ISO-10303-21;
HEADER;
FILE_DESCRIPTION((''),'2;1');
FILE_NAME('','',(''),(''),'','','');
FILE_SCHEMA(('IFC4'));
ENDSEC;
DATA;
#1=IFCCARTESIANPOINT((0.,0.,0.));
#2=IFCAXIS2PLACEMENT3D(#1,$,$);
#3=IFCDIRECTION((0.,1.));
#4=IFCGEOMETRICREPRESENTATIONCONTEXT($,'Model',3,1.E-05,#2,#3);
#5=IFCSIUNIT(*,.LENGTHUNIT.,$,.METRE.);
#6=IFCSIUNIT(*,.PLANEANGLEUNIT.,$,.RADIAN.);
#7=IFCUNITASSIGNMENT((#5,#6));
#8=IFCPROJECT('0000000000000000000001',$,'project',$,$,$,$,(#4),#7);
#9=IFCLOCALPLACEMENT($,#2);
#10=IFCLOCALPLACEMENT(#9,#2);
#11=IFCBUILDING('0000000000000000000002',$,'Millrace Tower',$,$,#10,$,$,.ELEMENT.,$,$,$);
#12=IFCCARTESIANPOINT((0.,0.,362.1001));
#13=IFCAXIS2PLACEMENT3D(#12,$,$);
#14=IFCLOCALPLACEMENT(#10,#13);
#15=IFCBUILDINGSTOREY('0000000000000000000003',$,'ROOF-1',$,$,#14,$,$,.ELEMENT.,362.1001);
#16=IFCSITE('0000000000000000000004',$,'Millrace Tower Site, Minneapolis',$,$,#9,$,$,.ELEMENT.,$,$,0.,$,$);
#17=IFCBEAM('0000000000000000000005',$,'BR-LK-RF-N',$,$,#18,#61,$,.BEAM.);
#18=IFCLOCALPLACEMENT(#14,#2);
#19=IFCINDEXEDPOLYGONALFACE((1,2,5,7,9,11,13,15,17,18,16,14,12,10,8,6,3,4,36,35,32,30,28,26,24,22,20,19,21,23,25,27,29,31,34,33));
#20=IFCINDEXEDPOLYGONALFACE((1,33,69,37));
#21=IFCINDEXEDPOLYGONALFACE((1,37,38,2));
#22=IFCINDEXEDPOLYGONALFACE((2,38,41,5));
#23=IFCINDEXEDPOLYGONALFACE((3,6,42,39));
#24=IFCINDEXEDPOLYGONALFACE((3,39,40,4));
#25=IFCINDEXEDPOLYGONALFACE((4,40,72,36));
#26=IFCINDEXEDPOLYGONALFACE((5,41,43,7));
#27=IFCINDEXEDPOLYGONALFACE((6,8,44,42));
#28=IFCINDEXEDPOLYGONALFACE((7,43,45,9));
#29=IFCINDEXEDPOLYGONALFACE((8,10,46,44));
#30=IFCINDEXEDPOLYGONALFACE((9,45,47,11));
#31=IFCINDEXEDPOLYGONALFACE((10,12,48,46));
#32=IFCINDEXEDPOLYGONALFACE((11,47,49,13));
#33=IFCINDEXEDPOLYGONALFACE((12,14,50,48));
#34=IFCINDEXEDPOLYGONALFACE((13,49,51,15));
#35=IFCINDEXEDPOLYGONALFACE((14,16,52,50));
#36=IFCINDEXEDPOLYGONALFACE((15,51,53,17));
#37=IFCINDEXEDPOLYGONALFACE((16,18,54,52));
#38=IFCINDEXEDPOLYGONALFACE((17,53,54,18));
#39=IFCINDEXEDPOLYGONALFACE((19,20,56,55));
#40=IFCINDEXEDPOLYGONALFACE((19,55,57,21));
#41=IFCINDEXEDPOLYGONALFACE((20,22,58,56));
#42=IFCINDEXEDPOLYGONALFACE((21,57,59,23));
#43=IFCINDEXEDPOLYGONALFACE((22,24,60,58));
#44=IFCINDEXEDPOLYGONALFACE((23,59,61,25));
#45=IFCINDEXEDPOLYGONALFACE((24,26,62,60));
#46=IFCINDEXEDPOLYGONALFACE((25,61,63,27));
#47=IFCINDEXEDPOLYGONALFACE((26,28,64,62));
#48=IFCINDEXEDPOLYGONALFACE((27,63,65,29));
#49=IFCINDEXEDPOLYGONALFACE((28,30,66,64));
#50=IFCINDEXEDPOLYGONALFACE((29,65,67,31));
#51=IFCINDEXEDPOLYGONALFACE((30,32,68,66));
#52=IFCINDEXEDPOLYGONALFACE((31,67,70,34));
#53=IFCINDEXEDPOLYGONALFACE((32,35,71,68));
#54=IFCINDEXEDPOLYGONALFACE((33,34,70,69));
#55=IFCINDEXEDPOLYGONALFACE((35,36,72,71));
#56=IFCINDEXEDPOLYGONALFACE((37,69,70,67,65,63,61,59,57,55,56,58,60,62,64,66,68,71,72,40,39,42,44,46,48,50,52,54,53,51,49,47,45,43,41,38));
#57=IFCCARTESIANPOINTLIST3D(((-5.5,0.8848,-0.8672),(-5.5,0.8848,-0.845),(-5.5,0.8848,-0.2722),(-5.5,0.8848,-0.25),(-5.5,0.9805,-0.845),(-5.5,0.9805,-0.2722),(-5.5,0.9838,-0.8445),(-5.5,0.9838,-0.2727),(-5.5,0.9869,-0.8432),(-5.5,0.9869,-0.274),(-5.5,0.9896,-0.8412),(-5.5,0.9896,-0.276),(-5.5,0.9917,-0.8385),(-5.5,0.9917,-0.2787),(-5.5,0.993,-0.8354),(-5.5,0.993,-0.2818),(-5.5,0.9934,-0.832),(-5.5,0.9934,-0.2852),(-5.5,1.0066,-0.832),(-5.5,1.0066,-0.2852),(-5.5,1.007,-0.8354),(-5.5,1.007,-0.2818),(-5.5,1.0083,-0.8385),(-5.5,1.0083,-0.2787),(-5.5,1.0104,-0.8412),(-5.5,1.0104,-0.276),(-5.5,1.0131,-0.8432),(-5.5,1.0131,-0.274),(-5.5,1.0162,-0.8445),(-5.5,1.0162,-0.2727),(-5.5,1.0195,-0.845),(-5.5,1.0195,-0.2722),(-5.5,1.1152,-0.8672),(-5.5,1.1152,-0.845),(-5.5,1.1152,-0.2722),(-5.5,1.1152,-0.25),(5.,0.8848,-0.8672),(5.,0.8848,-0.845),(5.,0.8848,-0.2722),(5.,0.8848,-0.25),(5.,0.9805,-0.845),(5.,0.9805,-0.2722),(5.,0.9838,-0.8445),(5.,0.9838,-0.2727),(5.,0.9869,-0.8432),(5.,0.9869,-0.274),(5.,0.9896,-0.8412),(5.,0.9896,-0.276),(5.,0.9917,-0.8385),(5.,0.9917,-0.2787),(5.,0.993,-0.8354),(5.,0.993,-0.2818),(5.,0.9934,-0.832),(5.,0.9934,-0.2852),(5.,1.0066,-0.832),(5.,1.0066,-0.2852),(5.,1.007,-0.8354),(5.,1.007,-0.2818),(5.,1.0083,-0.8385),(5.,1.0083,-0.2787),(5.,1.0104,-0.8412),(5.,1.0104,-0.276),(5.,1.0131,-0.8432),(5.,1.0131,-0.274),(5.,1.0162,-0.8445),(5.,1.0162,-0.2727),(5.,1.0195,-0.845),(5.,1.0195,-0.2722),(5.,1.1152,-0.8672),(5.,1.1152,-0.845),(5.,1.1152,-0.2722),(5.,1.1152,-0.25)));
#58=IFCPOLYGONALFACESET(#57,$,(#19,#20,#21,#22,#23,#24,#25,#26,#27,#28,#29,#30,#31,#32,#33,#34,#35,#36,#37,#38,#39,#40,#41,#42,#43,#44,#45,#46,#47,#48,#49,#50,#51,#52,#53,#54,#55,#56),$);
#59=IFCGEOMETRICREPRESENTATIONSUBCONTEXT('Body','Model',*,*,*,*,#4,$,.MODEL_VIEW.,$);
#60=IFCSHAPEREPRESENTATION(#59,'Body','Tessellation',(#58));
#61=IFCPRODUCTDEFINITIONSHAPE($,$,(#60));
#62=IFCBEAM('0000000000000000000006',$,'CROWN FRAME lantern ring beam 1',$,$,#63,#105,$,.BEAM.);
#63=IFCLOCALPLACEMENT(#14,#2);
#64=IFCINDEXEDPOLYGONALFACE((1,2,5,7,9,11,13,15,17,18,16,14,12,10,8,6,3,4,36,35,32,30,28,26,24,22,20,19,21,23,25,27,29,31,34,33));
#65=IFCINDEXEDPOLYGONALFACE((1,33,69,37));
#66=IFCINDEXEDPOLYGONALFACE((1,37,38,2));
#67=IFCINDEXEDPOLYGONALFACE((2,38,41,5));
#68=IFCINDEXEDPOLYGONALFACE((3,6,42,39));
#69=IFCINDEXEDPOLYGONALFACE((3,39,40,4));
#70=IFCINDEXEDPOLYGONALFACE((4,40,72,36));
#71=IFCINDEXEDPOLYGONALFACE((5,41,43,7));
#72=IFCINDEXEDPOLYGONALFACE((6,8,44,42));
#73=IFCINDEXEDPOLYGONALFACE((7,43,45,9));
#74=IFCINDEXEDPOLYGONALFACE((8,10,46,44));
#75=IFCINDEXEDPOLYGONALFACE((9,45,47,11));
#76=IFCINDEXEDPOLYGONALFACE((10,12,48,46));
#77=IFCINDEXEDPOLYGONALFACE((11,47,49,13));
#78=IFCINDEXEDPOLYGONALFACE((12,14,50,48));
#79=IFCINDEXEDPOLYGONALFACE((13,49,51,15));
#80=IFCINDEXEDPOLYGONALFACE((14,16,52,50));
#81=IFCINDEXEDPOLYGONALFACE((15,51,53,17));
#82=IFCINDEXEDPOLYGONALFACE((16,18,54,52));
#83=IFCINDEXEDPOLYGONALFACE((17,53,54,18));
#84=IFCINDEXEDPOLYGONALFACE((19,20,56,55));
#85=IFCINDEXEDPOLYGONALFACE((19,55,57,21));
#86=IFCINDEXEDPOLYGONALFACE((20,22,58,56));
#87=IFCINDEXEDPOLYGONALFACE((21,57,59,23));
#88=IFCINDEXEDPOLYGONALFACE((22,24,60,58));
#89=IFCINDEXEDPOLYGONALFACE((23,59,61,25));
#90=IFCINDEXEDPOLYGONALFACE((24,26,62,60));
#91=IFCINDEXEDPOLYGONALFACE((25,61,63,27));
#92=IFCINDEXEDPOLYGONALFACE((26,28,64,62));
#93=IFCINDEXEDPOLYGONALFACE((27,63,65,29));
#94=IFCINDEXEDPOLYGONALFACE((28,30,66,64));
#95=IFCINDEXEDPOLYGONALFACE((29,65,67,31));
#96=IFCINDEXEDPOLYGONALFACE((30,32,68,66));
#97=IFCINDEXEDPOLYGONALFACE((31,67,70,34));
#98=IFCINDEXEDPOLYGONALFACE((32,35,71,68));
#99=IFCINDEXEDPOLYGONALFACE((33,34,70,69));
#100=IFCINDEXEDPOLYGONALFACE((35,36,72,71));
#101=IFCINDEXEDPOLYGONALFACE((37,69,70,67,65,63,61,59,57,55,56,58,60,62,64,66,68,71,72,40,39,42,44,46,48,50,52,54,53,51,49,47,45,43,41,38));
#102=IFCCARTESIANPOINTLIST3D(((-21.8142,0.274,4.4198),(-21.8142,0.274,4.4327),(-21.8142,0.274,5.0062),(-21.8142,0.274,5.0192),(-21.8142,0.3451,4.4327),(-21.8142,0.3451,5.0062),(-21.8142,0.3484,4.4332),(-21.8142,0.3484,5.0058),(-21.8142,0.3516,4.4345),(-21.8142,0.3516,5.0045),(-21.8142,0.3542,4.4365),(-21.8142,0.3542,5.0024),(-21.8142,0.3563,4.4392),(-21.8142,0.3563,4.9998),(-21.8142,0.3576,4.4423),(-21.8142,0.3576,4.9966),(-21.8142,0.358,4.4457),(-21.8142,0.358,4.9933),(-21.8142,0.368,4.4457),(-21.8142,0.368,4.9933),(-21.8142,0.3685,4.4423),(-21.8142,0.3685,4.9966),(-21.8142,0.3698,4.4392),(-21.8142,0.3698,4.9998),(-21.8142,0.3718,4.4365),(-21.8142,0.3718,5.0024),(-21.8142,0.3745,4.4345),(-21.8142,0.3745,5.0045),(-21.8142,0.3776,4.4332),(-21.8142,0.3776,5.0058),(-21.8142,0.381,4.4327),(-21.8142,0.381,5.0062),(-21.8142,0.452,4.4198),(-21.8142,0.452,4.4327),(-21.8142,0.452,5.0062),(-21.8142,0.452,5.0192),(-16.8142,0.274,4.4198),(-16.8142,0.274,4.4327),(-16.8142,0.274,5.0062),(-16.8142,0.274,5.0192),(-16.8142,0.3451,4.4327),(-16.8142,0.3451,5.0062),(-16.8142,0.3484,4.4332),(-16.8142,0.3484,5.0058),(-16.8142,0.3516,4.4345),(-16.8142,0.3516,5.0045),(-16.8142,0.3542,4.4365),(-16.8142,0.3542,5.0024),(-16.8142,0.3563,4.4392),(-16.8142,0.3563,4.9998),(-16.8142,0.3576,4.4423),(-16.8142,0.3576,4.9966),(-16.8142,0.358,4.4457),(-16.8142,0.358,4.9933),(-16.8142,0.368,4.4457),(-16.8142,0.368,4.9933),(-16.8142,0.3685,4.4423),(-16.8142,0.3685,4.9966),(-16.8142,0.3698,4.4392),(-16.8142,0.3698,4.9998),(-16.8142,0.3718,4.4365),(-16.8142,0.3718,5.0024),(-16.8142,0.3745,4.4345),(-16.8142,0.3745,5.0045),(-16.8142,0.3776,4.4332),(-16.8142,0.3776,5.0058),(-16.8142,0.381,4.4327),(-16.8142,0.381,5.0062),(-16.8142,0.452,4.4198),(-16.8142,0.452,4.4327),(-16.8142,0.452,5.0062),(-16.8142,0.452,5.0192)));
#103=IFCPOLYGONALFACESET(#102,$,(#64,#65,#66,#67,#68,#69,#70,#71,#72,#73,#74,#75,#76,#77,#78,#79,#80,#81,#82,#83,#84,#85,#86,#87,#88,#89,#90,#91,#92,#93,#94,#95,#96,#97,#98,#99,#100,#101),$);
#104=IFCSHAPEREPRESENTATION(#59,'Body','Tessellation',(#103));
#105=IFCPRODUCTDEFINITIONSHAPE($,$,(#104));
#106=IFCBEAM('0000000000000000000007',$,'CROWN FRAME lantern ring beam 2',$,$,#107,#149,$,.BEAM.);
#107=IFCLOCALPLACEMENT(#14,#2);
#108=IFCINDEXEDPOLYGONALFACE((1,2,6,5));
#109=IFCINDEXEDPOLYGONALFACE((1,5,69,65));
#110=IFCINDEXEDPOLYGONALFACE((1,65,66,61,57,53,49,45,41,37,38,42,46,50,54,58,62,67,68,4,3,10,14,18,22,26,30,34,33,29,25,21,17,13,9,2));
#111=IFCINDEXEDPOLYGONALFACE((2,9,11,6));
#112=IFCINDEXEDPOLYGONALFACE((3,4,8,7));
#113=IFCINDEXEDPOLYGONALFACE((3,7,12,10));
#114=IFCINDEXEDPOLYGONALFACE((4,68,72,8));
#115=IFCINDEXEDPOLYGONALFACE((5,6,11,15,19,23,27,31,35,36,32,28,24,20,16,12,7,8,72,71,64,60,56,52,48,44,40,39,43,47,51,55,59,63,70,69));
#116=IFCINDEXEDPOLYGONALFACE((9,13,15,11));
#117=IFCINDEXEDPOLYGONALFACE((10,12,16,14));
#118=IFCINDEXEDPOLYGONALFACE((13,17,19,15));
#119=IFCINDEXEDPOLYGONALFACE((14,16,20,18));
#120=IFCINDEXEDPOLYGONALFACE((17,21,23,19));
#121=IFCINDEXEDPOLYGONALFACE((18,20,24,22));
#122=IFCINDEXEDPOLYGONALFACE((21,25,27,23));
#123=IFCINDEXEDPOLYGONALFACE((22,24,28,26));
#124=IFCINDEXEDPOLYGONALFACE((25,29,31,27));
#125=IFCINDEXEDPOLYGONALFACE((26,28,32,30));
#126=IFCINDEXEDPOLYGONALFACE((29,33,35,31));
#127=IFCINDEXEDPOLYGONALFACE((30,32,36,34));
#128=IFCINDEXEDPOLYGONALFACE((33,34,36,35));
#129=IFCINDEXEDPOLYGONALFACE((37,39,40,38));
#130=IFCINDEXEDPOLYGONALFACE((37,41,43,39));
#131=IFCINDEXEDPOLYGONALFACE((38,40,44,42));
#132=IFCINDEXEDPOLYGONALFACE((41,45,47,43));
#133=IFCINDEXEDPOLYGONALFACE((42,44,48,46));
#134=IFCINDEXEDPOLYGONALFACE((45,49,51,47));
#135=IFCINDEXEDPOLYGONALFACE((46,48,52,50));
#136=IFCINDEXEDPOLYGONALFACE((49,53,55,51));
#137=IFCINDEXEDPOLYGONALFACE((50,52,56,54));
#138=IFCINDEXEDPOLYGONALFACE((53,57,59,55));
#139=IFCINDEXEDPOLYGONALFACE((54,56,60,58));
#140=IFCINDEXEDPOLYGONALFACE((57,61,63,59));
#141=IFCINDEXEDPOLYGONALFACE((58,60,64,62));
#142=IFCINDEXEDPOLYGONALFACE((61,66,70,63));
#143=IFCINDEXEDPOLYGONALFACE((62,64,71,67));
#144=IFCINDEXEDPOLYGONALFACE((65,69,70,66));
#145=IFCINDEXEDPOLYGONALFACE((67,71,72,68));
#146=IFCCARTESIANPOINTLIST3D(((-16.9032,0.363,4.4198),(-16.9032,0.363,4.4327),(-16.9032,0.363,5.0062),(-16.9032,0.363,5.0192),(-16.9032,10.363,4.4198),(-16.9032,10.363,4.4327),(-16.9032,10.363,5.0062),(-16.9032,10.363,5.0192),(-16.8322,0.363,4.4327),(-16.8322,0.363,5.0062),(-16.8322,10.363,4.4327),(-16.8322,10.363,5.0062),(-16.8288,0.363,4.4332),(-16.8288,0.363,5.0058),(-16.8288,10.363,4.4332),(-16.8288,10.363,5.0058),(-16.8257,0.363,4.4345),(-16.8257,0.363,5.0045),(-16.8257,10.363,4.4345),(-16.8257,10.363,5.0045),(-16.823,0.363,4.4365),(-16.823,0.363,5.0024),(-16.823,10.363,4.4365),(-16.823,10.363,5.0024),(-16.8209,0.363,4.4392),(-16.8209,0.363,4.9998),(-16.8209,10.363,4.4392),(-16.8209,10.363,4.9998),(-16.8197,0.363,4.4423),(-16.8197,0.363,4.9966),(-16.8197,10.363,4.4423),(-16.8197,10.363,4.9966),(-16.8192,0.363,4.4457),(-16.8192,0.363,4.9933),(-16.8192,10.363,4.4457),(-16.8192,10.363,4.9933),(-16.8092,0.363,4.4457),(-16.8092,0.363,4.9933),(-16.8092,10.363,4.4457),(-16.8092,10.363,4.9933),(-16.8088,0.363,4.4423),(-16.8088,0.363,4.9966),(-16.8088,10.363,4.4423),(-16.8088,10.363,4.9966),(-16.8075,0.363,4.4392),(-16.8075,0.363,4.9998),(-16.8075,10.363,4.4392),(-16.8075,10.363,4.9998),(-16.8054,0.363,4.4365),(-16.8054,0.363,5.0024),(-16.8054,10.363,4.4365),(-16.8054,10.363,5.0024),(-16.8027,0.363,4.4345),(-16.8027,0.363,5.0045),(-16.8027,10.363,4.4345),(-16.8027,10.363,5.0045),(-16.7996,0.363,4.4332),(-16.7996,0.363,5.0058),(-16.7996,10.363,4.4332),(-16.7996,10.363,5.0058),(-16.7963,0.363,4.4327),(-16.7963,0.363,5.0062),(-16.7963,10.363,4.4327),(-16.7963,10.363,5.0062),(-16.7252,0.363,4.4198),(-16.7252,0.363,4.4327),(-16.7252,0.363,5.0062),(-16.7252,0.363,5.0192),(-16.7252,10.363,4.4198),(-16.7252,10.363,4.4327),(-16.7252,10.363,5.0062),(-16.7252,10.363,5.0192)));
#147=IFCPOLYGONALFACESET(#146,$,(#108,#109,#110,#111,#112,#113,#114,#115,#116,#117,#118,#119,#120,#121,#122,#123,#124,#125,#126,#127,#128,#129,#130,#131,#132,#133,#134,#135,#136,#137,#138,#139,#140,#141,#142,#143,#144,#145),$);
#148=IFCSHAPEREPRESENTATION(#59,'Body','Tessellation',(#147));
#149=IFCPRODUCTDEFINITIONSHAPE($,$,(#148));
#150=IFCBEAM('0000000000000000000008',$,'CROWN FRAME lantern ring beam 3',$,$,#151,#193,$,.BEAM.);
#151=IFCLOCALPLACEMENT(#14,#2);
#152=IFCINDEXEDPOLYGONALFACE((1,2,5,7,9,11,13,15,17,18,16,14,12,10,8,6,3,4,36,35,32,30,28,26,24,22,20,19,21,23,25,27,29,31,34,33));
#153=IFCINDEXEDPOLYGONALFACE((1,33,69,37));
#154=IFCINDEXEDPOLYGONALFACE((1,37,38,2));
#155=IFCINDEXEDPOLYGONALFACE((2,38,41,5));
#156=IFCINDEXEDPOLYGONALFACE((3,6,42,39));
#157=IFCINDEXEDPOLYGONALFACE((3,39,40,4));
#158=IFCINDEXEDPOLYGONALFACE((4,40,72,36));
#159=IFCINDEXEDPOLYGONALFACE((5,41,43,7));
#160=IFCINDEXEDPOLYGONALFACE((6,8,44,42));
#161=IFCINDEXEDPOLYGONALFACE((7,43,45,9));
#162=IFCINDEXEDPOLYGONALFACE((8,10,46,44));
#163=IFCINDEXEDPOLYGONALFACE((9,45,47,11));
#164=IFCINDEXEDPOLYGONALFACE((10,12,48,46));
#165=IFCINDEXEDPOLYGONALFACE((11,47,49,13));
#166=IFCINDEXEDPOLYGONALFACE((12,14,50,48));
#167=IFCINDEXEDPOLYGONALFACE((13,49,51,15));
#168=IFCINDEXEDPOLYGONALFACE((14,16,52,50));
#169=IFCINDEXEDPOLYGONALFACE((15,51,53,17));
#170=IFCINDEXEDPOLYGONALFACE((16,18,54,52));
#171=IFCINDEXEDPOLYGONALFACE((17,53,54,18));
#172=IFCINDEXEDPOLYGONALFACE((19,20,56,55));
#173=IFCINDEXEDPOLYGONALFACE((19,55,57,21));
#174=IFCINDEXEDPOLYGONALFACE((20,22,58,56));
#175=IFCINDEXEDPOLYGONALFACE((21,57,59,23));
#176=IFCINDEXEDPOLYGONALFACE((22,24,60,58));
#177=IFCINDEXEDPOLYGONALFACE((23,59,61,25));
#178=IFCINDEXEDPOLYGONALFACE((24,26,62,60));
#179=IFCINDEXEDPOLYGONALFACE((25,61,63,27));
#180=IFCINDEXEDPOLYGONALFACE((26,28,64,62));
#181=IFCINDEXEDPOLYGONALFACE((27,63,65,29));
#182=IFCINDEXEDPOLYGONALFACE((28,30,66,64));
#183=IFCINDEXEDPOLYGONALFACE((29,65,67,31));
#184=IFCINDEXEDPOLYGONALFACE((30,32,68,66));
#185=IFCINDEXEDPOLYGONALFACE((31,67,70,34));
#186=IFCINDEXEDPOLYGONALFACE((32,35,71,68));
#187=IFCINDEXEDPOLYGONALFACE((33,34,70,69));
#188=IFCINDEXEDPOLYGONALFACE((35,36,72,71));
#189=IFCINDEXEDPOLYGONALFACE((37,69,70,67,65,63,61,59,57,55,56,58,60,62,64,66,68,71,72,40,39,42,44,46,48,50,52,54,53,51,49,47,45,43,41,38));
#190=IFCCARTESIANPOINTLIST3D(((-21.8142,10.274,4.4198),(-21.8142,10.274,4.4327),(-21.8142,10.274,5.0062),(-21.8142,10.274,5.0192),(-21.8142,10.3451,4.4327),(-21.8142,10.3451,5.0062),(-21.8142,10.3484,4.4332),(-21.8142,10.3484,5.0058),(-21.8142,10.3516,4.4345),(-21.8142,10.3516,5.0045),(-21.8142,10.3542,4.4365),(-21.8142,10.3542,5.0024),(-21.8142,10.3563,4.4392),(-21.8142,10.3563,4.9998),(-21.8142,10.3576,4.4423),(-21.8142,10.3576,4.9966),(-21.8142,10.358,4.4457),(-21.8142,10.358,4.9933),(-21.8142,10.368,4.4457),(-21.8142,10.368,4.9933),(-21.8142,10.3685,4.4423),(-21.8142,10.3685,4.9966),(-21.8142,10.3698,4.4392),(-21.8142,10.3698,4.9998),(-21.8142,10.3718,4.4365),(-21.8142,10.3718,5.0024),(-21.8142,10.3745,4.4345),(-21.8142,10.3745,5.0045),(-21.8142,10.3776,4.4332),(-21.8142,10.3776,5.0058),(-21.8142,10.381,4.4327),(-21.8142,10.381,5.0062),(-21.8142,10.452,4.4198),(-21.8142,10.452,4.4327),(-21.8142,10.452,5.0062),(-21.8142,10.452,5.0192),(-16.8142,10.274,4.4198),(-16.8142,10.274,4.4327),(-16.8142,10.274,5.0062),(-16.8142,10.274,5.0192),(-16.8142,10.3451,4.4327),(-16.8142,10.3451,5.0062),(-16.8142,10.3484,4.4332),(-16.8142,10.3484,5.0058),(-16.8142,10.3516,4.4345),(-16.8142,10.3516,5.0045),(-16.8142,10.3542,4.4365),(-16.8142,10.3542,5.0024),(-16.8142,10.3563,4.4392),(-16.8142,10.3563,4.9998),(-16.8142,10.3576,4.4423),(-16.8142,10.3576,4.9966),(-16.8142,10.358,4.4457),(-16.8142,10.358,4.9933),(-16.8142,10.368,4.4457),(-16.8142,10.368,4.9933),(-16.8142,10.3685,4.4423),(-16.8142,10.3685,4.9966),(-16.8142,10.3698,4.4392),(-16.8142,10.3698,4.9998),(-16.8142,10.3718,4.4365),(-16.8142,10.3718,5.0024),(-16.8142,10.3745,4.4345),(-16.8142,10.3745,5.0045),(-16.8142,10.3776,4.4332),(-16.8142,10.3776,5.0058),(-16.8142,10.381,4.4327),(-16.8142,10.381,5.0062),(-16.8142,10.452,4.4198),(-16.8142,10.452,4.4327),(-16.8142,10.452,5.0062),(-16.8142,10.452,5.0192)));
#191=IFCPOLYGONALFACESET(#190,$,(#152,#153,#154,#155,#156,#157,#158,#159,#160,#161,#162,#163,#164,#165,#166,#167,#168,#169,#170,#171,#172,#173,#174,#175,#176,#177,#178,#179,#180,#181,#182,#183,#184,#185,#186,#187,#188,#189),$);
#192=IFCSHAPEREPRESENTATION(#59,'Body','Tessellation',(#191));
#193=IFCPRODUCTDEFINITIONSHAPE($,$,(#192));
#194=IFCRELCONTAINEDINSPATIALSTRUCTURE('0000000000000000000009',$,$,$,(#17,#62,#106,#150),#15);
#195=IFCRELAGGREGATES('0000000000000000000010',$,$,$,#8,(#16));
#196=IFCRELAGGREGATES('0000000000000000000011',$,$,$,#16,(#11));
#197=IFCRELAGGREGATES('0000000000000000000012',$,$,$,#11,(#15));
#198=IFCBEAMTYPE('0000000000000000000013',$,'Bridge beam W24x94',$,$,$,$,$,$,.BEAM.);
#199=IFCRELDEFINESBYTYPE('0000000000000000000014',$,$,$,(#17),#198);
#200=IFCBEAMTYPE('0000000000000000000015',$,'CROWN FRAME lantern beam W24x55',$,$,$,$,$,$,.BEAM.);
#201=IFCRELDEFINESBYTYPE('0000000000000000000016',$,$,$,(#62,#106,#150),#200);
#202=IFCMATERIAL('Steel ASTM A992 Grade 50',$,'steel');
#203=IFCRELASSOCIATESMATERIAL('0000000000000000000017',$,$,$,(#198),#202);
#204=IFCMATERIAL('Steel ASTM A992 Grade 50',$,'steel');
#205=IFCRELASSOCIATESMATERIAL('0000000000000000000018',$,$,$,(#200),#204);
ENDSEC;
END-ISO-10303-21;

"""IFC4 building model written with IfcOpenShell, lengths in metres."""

from ifc_helpers import new_model, si_unit, direction, frame, origin, origin_2d, place, context, subcontext, project, spatial, i_section, extrude, material, material_profile, profile_set, type_object, element, save


model = new_model("IFC4")

# Units and contexts
model_context = context("Model", 3, precision=1e-05, world=origin(), true_north=direction((0.0, 1.0)))
body_context = subcontext(model_context, "Body", "Model", "MODEL_VIEW")
ifc_project = project(units=[si_unit("LENGTHUNIT", "METRE"), si_unit("PLANEANGLEUNIT", "RADIAN")], contexts=[model_context])

# Site, building, storey
site_placement = place(None, origin())
site = spatial("IfcSite", under=ifc_project, at=site_placement, Name="Millrace Tower Site, Minneapolis", CompositionType="ELEMENT", RefElevation=0.0)
building_placement = place(site_placement, origin())
building = spatial("IfcBuilding", under=site, at=building_placement, Name="Millrace Tower", CompositionType="ELEMENT")
storey_placement = place(building_placement, frame((0.0, 0.0, 362.1001)))
storey = spatial("IfcBuildingStorey", under=building, at=storey_placement, Name="ROOF-1", CompositionType="ELEMENT", Elevation=362.1001)

# Beams
ifc_material_1 = material(Name="Steel ASTM A992 Grade 50", Category="steel")
ifc_material_profile_1 = material_profile(ifc_material_1, i_section(OverallWidth=0.2305, OverallDepth=0.6172, WebThickness=0.0132, FlangeThickness=0.0222, FilletRadius=0.0129, at=origin_2d()))
ifc_profile_set_1 = profile_set([ifc_material_profile_1], Name="Steel ASTM A992 Grade 50")
beam_type_1 = type_object("IfcBeamType", Name="Bridge beam W24x94", PredefinedType="BEAM", material=ifc_profile_set_1)
beam_1_placement = place(storey_placement, frame((-5.5, 1.0, -0.5586), z_axis=(1.0, 0.0, 0.0), x_axis=(0.0, 1.0, 0.0)))
element("IfcBeam", 1, at=beam_1_placement, inside=storey, type_object=beam_type_1, Name="BR-LK-RF-N", PredefinedType="BEAM", context=body_context, shape_type="SweptSolid", body=[
    extrude(i_section(OverallWidth=0.2305, OverallDepth=0.6172, WebThickness=0.0132, FlangeThickness=0.0222, FilletRadius=0.0129, at=origin_2d()), origin(), (0.0, 0.0, 1.0), 10.5),
])
ifc_material_2 = material(Name="Steel ASTM A992 Grade 50", Category="steel")
ifc_material_profile_2 = material_profile(ifc_material_2, i_section(OverallWidth=0.178, OverallDepth=0.5994, WebThickness=0.01, FlangeThickness=0.0129, FilletRadius=0.0129, at=origin_2d()))
ifc_profile_set_2 = profile_set([ifc_material_profile_2], Name="Steel ASTM A992 Grade 50")
beam_type_2 = type_object("IfcBeamType", Name="CROWN FRAME lantern beam W24x55", PredefinedType="BEAM", material=ifc_profile_set_2)
beam_2_placement = place(storey_placement, frame((-21.8142, 0.363, 4.7195), z_axis=(1.0, 0.0, 0.0), x_axis=(0.0, 1.0, 0.0)))
element("IfcBeam", 2, at=beam_2_placement, inside=storey, type_object=beam_type_2, Name="CROWN FRAME lantern ring beam 1", PredefinedType="BEAM", context=body_context, shape_type="SweptSolid", body=[
    extrude(i_section(OverallWidth=0.178, OverallDepth=0.5994, WebThickness=0.01, FlangeThickness=0.0129, FilletRadius=0.0129, at=origin_2d()), origin(), (0.0, 0.0, 1.0), 5.0),
])
beam_3_placement = place(storey_placement, frame((-16.8142, 0.363, 4.7195), z_axis=(0.0, 1.0, 0.0), x_axis=(-1.0, 0.0, 0.0)))
element("IfcBeam", 3, at=beam_3_placement, inside=storey, type_object=beam_type_2, Name="CROWN FRAME lantern ring beam 2", PredefinedType="BEAM", context=body_context, shape_type="SweptSolid", body=[
    extrude(i_section(OverallWidth=0.178, OverallDepth=0.5994, WebThickness=0.01, FlangeThickness=0.0129, FilletRadius=0.0129, at=origin_2d()), origin(), (0.0, 0.0, 1.0), 10.0),
])
beam_4_placement = place(storey_placement, frame((-16.8142, 10.363, 4.7195), z_axis=(-1.0, 0.0, 0.0), x_axis=(0.0, -1.0, 0.0)))
element("IfcBeam", 4, at=beam_4_placement, inside=storey, type_object=beam_type_2, Name="CROWN FRAME lantern ring beam 3", PredefinedType="BEAM", context=body_context, shape_type="SweptSolid", body=[
    extrude(i_section(OverallWidth=0.178, OverallDepth=0.5994, WebThickness=0.01, FlangeThickness=0.0129, FilletRadius=0.0129, at=origin_2d()), origin(), (0.0, 0.0, 1.0), 5.0),
])

save(model, "model.ifc")
